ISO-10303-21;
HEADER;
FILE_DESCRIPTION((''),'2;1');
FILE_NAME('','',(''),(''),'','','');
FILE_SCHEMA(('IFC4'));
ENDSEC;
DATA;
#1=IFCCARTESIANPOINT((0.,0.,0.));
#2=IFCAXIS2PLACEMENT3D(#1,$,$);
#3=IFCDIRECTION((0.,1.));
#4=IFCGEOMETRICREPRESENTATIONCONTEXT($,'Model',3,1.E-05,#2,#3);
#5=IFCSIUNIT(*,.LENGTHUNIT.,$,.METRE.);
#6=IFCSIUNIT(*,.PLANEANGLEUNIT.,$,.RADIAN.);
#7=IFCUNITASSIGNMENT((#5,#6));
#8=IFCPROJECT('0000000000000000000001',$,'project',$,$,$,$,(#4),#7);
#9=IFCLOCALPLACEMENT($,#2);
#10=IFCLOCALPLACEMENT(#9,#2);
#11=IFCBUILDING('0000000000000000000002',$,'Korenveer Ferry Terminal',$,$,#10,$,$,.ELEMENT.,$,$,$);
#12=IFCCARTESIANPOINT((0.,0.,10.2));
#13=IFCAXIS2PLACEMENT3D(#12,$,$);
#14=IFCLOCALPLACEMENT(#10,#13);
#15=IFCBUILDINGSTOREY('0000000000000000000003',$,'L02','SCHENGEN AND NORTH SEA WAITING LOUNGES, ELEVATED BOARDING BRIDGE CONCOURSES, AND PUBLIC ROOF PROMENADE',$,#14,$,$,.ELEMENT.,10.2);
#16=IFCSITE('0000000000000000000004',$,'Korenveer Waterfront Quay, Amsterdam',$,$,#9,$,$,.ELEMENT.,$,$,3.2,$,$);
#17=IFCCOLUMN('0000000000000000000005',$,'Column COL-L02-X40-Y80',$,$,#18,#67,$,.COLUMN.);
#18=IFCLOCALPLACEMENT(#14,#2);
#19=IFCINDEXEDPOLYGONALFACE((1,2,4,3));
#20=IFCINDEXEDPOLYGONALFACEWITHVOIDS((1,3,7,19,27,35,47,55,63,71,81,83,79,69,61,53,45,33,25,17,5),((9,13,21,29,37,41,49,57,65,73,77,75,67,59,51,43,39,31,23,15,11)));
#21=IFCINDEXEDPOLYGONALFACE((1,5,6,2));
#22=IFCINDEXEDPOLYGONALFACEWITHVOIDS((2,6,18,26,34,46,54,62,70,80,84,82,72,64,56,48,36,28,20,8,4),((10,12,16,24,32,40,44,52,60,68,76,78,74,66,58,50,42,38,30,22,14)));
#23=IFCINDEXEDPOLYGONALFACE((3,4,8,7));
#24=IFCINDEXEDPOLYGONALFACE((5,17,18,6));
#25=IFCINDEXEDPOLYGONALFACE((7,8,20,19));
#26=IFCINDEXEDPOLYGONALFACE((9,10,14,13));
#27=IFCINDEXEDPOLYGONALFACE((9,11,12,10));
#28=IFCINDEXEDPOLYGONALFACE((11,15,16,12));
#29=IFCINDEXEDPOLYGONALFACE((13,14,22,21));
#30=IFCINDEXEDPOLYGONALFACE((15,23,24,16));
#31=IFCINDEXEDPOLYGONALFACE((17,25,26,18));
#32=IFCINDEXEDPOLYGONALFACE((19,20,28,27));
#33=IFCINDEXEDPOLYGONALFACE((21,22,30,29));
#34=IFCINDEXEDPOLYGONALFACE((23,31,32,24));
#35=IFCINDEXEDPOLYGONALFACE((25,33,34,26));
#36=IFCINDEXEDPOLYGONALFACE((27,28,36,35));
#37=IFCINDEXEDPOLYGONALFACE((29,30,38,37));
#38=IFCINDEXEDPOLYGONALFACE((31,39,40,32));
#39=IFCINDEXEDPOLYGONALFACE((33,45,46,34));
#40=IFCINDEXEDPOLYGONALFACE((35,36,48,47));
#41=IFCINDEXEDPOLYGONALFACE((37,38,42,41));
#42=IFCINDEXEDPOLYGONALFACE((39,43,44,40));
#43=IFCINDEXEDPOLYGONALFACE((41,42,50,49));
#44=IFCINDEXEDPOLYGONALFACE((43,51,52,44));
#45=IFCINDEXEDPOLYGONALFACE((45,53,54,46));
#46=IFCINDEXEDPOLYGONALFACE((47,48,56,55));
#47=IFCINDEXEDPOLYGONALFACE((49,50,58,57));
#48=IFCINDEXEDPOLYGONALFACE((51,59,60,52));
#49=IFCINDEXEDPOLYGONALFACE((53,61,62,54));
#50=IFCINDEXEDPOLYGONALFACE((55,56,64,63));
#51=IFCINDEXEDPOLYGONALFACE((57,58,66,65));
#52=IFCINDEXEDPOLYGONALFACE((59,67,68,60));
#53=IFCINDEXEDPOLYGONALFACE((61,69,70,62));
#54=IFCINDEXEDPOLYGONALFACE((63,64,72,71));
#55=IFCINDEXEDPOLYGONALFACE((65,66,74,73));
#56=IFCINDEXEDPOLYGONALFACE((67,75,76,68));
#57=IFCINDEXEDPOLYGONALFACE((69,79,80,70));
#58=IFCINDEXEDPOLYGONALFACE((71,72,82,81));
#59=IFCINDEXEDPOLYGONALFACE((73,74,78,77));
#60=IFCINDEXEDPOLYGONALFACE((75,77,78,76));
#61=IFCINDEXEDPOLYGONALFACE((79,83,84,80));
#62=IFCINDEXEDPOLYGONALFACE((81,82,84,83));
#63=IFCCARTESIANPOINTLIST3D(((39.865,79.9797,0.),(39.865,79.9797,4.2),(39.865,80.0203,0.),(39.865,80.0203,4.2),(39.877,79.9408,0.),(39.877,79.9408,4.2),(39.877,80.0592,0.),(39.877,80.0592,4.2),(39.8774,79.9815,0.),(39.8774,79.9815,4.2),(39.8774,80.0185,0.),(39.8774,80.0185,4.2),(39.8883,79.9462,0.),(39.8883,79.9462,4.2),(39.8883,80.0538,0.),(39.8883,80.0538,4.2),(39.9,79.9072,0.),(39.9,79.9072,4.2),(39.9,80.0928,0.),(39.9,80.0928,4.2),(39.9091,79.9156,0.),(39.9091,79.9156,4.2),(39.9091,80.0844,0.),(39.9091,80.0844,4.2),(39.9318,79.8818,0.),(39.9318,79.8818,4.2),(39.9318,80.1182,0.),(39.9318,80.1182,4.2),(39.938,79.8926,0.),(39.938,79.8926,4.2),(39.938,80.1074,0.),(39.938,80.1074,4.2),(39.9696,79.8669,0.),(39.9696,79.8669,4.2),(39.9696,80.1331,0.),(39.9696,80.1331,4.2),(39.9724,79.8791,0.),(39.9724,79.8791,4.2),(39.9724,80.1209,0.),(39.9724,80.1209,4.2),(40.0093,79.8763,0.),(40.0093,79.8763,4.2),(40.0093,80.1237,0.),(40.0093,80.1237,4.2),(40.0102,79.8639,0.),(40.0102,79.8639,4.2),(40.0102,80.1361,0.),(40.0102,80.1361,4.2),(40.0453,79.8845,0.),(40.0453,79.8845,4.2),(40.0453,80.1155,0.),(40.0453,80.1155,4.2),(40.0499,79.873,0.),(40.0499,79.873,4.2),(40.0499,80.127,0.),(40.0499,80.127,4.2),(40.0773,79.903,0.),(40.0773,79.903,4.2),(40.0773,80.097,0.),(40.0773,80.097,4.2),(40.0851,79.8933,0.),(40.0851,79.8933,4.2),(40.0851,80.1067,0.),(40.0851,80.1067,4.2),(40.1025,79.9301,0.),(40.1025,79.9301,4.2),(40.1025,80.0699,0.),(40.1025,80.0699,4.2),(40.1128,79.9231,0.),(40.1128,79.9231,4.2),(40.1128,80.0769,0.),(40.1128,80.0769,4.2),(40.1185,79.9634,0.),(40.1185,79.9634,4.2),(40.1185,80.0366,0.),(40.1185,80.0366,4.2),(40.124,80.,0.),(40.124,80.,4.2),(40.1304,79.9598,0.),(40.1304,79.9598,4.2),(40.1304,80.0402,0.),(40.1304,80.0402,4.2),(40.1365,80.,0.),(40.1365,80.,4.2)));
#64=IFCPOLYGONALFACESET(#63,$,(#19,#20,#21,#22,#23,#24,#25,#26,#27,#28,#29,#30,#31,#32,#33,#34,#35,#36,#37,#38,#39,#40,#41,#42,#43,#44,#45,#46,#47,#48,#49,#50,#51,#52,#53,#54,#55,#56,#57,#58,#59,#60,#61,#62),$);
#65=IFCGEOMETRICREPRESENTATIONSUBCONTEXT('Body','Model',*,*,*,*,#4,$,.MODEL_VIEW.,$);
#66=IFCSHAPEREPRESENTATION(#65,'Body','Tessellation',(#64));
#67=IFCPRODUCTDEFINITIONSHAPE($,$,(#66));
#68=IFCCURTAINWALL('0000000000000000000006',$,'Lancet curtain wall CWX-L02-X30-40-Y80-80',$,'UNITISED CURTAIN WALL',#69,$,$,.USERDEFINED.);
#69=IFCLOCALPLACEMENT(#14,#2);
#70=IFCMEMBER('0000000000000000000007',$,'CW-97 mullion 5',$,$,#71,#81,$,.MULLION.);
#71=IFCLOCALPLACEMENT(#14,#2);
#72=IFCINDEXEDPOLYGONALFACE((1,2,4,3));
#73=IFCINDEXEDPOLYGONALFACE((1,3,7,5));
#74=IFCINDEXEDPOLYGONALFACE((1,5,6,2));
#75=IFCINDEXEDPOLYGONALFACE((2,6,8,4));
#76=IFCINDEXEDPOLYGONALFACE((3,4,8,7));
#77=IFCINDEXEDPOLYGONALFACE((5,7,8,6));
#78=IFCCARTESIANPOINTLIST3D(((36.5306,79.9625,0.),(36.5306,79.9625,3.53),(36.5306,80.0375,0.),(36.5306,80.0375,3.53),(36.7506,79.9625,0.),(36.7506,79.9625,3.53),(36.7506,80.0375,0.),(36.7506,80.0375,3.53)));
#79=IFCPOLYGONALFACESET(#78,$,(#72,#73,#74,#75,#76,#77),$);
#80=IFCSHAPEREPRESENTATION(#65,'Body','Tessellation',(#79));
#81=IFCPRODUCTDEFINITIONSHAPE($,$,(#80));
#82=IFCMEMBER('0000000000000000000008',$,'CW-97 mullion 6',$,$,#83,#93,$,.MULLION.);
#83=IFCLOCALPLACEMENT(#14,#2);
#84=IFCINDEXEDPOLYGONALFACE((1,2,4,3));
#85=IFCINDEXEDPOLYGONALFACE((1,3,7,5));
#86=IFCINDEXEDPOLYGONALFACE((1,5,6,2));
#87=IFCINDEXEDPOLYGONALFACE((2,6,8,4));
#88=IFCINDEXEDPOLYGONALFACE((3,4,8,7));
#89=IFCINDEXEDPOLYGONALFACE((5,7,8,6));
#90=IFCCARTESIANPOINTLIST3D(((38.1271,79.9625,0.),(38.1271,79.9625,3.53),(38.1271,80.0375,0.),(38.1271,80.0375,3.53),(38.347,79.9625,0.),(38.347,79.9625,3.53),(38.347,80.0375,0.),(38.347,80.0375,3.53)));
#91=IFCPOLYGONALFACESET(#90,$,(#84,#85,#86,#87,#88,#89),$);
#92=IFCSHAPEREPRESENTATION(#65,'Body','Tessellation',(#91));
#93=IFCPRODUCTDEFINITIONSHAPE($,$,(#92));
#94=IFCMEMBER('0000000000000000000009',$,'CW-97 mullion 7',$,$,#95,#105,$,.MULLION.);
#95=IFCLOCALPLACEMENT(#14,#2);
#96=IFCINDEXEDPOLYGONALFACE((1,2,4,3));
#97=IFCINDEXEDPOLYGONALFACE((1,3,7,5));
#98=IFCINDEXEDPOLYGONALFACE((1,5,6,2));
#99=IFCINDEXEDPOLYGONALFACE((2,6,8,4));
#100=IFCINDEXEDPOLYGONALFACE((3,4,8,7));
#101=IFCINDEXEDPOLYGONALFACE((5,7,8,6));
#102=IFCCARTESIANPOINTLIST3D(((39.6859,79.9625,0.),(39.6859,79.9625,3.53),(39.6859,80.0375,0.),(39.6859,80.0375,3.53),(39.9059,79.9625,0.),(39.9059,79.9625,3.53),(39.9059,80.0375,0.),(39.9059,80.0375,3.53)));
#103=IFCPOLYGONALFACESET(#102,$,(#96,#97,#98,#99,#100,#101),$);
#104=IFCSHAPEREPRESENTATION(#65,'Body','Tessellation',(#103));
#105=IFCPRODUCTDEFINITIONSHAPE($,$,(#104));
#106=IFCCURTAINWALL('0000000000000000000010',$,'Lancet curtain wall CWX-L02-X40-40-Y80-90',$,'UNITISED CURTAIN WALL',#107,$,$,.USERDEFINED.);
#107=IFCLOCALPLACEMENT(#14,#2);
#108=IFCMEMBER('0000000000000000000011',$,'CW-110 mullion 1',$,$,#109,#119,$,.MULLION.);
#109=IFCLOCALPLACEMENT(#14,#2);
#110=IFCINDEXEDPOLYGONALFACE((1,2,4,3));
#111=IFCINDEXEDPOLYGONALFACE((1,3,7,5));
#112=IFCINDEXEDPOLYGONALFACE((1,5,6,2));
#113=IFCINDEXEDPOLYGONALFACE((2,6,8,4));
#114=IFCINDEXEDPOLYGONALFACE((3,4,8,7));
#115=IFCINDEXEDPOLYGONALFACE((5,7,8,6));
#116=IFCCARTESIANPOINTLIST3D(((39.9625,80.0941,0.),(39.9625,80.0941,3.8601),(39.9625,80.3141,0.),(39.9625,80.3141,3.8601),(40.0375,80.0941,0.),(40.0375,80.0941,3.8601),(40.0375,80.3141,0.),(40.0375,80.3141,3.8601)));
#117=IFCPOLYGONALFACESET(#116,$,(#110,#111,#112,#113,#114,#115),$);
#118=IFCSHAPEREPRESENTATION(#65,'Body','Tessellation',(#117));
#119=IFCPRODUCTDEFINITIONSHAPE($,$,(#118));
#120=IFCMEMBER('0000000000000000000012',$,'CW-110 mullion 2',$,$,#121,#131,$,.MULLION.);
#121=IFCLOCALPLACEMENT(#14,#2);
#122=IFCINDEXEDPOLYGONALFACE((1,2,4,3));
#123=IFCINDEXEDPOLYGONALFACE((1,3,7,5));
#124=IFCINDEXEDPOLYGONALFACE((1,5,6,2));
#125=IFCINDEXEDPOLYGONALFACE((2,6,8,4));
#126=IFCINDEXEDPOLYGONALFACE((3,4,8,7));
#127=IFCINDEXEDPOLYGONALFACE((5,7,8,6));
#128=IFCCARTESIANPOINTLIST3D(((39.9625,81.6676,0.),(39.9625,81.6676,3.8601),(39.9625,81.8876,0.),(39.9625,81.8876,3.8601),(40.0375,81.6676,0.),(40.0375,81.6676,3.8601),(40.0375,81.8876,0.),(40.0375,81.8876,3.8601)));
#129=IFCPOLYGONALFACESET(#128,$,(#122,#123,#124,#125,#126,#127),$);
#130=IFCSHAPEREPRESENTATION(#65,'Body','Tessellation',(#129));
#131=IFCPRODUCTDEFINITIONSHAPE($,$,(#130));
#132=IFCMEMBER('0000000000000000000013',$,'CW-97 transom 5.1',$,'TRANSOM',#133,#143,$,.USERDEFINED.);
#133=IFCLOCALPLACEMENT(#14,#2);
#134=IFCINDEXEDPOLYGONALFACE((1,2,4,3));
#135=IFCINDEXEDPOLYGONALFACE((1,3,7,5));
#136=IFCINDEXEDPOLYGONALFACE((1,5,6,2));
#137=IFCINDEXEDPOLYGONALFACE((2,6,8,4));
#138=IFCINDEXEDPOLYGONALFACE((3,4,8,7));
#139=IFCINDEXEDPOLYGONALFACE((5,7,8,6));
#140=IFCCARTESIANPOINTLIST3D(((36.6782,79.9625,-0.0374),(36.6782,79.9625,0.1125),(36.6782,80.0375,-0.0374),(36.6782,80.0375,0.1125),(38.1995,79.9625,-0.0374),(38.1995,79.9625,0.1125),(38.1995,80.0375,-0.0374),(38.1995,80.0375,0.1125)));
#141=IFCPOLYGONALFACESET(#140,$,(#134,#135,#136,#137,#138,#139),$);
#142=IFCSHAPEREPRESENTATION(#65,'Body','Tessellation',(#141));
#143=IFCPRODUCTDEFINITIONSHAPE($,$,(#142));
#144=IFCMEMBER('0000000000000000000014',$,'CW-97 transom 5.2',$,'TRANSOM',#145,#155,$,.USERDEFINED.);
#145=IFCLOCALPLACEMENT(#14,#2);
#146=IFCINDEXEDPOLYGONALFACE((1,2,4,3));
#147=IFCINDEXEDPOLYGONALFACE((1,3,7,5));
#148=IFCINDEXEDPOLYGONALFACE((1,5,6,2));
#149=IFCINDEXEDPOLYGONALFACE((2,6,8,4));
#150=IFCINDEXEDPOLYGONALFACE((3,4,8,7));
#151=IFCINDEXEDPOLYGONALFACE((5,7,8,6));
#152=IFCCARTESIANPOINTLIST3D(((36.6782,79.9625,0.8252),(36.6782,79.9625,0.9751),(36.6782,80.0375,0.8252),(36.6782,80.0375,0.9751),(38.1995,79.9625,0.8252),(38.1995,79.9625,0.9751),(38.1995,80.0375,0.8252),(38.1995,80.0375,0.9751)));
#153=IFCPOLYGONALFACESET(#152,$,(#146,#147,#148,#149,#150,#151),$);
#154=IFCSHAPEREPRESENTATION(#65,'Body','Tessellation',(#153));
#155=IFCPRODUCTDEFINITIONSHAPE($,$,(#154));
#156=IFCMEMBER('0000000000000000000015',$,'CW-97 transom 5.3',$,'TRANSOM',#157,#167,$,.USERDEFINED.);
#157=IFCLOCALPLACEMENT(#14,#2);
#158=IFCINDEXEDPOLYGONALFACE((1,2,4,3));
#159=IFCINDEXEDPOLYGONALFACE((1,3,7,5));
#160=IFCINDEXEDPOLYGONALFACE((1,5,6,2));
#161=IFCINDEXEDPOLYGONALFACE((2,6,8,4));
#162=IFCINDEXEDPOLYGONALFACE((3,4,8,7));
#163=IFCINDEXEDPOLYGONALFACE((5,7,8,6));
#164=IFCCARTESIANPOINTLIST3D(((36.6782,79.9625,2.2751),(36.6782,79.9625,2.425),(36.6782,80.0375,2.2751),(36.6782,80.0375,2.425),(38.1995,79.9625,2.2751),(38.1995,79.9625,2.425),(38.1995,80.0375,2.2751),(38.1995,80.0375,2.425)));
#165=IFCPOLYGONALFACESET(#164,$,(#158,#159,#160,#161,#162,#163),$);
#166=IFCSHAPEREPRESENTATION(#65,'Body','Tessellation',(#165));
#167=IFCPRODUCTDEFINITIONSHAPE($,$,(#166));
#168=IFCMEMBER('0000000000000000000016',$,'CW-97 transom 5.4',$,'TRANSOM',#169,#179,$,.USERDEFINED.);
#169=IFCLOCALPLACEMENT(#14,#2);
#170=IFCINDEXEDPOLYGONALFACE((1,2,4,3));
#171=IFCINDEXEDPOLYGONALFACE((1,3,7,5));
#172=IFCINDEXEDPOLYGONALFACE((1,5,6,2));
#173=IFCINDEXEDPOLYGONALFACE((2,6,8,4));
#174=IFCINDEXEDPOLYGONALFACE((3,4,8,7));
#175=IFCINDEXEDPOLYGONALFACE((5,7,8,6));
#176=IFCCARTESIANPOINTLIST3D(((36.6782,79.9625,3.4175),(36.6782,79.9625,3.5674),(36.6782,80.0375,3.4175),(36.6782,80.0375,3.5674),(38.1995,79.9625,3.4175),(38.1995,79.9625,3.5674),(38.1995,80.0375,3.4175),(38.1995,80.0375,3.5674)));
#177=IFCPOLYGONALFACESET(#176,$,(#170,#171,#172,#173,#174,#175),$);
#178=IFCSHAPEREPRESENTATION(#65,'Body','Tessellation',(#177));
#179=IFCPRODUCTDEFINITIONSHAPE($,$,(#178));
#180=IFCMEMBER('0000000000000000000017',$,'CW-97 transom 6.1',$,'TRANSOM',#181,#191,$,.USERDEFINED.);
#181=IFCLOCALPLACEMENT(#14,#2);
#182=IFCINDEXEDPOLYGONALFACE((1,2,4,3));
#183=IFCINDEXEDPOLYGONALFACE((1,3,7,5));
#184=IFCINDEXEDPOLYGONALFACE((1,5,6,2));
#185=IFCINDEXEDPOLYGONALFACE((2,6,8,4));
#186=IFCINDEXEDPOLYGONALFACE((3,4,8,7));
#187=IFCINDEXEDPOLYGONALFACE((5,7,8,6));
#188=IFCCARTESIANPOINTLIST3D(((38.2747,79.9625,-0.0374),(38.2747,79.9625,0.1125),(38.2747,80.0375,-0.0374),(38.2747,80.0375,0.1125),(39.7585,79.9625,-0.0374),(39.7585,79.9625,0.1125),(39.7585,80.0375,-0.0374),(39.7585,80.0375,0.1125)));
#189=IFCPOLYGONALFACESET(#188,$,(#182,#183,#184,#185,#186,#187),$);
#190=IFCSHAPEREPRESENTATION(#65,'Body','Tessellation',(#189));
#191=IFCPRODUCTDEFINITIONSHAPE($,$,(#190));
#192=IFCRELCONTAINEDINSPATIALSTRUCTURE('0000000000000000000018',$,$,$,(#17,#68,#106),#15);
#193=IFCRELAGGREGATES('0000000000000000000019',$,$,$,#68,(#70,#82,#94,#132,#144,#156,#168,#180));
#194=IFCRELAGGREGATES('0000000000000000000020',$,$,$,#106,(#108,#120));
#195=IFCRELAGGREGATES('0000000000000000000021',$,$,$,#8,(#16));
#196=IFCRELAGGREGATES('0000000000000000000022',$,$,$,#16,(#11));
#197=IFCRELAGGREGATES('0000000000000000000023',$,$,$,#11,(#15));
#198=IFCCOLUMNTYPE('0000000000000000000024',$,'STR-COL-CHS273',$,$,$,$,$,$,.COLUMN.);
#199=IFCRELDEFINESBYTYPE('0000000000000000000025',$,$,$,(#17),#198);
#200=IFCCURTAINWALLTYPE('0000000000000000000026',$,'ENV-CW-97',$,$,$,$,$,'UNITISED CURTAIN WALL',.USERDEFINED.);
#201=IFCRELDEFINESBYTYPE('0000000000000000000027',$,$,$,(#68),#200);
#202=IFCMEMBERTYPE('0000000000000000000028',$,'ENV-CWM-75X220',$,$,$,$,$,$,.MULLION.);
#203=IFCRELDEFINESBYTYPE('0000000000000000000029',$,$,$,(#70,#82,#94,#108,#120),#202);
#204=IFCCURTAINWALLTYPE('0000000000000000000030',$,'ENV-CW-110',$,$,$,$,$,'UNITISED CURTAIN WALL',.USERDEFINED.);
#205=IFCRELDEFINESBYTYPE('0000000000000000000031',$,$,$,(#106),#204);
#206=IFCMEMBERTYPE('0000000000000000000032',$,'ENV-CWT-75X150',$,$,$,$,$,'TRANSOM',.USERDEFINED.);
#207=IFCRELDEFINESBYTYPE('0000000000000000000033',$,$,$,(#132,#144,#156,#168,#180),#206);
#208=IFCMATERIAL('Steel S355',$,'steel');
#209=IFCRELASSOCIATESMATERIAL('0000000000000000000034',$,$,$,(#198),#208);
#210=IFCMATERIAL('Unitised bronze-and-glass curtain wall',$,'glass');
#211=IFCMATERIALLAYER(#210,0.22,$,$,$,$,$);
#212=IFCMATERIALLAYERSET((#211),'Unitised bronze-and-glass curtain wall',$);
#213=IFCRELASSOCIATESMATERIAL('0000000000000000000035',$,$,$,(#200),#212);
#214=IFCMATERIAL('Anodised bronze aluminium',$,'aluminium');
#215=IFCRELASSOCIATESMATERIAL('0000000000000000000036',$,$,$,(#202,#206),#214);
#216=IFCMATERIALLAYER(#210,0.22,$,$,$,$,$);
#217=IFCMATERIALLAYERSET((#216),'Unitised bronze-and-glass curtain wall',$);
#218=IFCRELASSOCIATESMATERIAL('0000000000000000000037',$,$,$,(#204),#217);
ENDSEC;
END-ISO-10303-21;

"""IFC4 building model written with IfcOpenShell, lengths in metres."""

from ifc_helpers import new_model, si_unit, direction, frame, origin, origin_2d, place, context, subcontext, project, spatial, rectangle, hollow_circle, extrude, material, layer, layer_set, material_profile, profile_set, type_object, element, aggregate, save


model = new_model("IFC4")

# Units and contexts
model_context = context("Model", 3, precision=1e-05, world=origin(), true_north=direction((0.0, 1.0)))
body_context = subcontext(model_context, "Body", "Model", "MODEL_VIEW")
ifc_project = project(units=[si_unit("LENGTHUNIT", "METRE"), si_unit("PLANEANGLEUNIT", "RADIAN")], contexts=[model_context])

# Site, building, storey
site_placement = place(None, origin())
site = spatial("IfcSite", under=ifc_project, at=site_placement, Name="Korenveer Waterfront Quay, Amsterdam", CompositionType="ELEMENT", RefElevation=3.2)
building_placement = place(site_placement, origin())
building = spatial("IfcBuilding", under=site, at=building_placement, Name="Korenveer Ferry Terminal", CompositionType="ELEMENT")
storey_placement = place(building_placement, frame((0.0, 0.0, 10.2)))
storey = spatial("IfcBuildingStorey", under=building, at=storey_placement, Name="L02", Description="SCHENGEN AND NORTH SEA WAITING LOUNGES, ELEVATED BOARDING BRIDGE CONCOURSES, AND PUBLIC ROOF PROMENADE", CompositionType="ELEMENT", Elevation=10.2)

# Column
ifc_material_1 = material(Name="Steel S355", Category="steel")
ifc_material_profile_1 = material_profile(ifc_material_1, hollow_circle(Radius=0.1365, WallThickness=0.0125, at=origin_2d()), Name="CHS 273x12.5")
ifc_profile_set_1 = profile_set([ifc_material_profile_1], Name="Steel S355")
column_type = type_object("IfcColumnType", Name="STR-COL-CHS273", PredefinedType="COLUMN", material=ifc_profile_set_1)
column_placement = place(storey_placement, frame((40.0, 80.0, 0.0), z_axis=(0.0, 0.0, 1.0), x_axis=(1.0, 0.0, 0.0)))
element("IfcColumn", 1, at=column_placement, inside=storey, type_object=column_type, Name="Column COL-L02-X40-Y80", PredefinedType="COLUMN", context=body_context, shape_type="SweptSolid", body=[
    extrude(hollow_circle(Radius=0.1365, WallThickness=0.0125, at=origin_2d()), origin(), (0.0, 0.0, 1.0), 4.2),
])

# Curtain walls, members
ifc_material_2 = material(Name="Unitised bronze-and-glass curtain wall", Category="glass")
ifc_layer_1 = layer(ifc_material_2, 0.22)
ifc_layer_set_1 = layer_set([ifc_layer_1], Name="Unitised bronze-and-glass curtain wall")
curtain_wall_type_1 = type_object("IfcCurtainWallType", Name="ENV-CW-97", ElementType="UNITISED CURTAIN WALL", PredefinedType="USERDEFINED", material=ifc_layer_set_1)
curtain_wall_1_placement = place(storey_placement, frame((30.2549, 80.0, 0.0)))
curtain_wall_1 = element("IfcCurtainWall", 2, at=curtain_wall_1_placement, inside=storey, type_object=curtain_wall_type_1, Name="Lancet curtain wall CWX-L02-X30-40-Y80-80", ObjectType="UNITISED CURTAIN WALL", PredefinedType="USERDEFINED")
ifc_material_3 = material(Name="Anodised bronze aluminium", Category="aluminium")
ifc_material_profile_2 = material_profile(ifc_material_3, rectangle(XDim=0.075, YDim=0.22, at=origin_2d()), Name="ALU 75x220")
ifc_profile_set_2 = profile_set([ifc_material_profile_2], Name="Anodised bronze aluminium")
member_type_1 = type_object("IfcMemberType", Name="ENV-CWM-75X220", PredefinedType="MULLION", material=ifc_profile_set_2)
member_1_placement = place(storey_placement, frame((36.6406, 80.0, 0.0), z_axis=(0.0, 0.0, 1.0), x_axis=(0.0, 1.0, 0.0)))
member_1 = element("IfcMember", 3, at=member_1_placement, type_object=member_type_1, Name="CW-97 mullion 5", PredefinedType="MULLION", context=body_context, shape_type="SweptSolid", body=[
    extrude(rectangle(XDim=0.075, YDim=0.22, at=origin_2d()), origin(), (0.0, 0.0, 1.0), 3.53),
])
member_2_placement = place(storey_placement, frame((38.2371, 80.0, 0.0), z_axis=(0.0, 0.0, 1.0), x_axis=(0.0, 1.0, 0.0)))
member_2 = element("IfcMember", 4, at=member_2_placement, type_object=member_type_1, Name="CW-97 mullion 6", PredefinedType="MULLION", context=body_context, shape_type="SweptSolid", body=[
    extrude(rectangle(XDim=0.075, YDim=0.22, at=origin_2d()), origin(), (0.0, 0.0, 1.0), 3.53),
])
member_3_placement = place(storey_placement, frame((39.7959, 80.0, 0.0), z_axis=(0.0, 0.0, 1.0), x_axis=(0.0, 1.0, 0.0)))
member_3 = element("IfcMember", 5, at=member_3_placement, type_object=member_type_1, Name="CW-97 mullion 7", PredefinedType="MULLION", context=body_context, shape_type="SweptSolid", body=[
    extrude(rectangle(XDim=0.075, YDim=0.22, at=origin_2d()), origin(), (0.0, 0.0, 1.0), 3.53),
])
ifc_layer_2 = layer(ifc_material_2, 0.22)
ifc_layer_set_2 = layer_set([ifc_layer_2], Name="Unitised bronze-and-glass curtain wall")
curtain_wall_type_2 = type_object("IfcCurtainWallType", Name="ENV-CW-110", ElementType="UNITISED CURTAIN WALL", PredefinedType="USERDEFINED", material=ifc_layer_set_2)
curtain_wall_2_placement = place(storey_placement, frame((40.0, 80.1665, 0.0)))
curtain_wall_2 = element("IfcCurtainWall", 6, at=curtain_wall_2_placement, inside=storey, type_object=curtain_wall_type_2, Name="Lancet curtain wall CWX-L02-X40-40-Y80-90", ObjectType="UNITISED CURTAIN WALL", PredefinedType="USERDEFINED")
member_4_placement = place(storey_placement, frame((40.0, 80.2041, 0.0), z_axis=(0.0, 0.0, 1.0), x_axis=(-1.0, 0.0, 0.0)))
member_4 = element("IfcMember", 7, at=member_4_placement, type_object=member_type_1, Name="CW-110 mullion 1", PredefinedType="MULLION", context=body_context, shape_type="SweptSolid", body=[
    extrude(rectangle(XDim=0.075, YDim=0.22, at=origin_2d()), origin(), (0.0, 0.0, 1.0), 3.8601),
])
member_5_placement = place(storey_placement, frame((40.0, 81.7776, 0.0), z_axis=(0.0, 0.0, 1.0), x_axis=(-1.0, 0.0, 0.0)))
member_5 = element("IfcMember", 8, at=member_5_placement, type_object=member_type_1, Name="CW-110 mullion 2", PredefinedType="MULLION", context=body_context, shape_type="SweptSolid", body=[
    extrude(rectangle(XDim=0.075, YDim=0.22, at=origin_2d()), origin(), (0.0, 0.0, 1.0), 3.8601),
])

# Members
ifc_material_profile_3 = material_profile(ifc_material_3, rectangle(XDim=0.075, YDim=0.1499, at=origin_2d()), Name="ALU 75x150")
ifc_profile_set_3 = profile_set([ifc_material_profile_3], Name="Anodised bronze aluminium")
member_type_2 = type_object("IfcMemberType", Name="ENV-CWT-75X150", ElementType="TRANSOM", PredefinedType="USERDEFINED", material=ifc_profile_set_3)
member_6_placement = place(storey_placement, frame((36.6782, 80.0, 0.0376), z_axis=(1.0, 0.0, 0.0), x_axis=(0.0, 1.0, 0.0)))
member_6 = element("IfcMember", 9, at=member_6_placement, type_object=member_type_2, Name="CW-97 transom 5.1", ObjectType="TRANSOM", PredefinedType="USERDEFINED", context=body_context, shape_type="SweptSolid", body=[
    extrude(rectangle(XDim=0.075, YDim=0.1499, at=origin_2d()), origin(), (0.0, 0.0, 1.0), 1.5212),
])
member_7_placement = place(storey_placement, frame((36.6782, 80.0, 0.9001), z_axis=(1.0, 0.0, 0.0), x_axis=(0.0, 1.0, 0.0)))
member_7 = element("IfcMember", 10, at=member_7_placement, type_object=member_type_2, Name="CW-97 transom 5.2", ObjectType="TRANSOM", PredefinedType="USERDEFINED", context=body_context, shape_type="SweptSolid", body=[
    extrude(rectangle(XDim=0.075, YDim=0.1499, at=origin_2d()), origin(), (0.0, 0.0, 1.0), 1.5212),
])
member_8_placement = place(storey_placement, frame((36.6782, 80.0, 2.3501), z_axis=(1.0, 0.0, 0.0), x_axis=(0.0, 1.0, 0.0)))
member_8 = element("IfcMember", 11, at=member_8_placement, type_object=member_type_2, Name="CW-97 transom 5.3", ObjectType="TRANSOM", PredefinedType="USERDEFINED", context=body_context, shape_type="SweptSolid", body=[
    extrude(rectangle(XDim=0.075, YDim=0.1499, at=origin_2d()), origin(), (0.0, 0.0, 1.0), 1.5212),
])
member_9_placement = place(storey_placement, frame((36.6782, 80.0, 3.4924), z_axis=(1.0, 0.0, 0.0), x_axis=(0.0, 1.0, 0.0)))
member_9 = element("IfcMember", 12, at=member_9_placement, type_object=member_type_2, Name="CW-97 transom 5.4", ObjectType="TRANSOM", PredefinedType="USERDEFINED", context=body_context, shape_type="SweptSolid", body=[
    extrude(rectangle(XDim=0.075, YDim=0.1499, at=origin_2d()), origin(), (0.0, 0.0, 1.0), 1.5212),
])
member_10_placement = place(storey_placement, frame((38.2747, 80.0, 0.0376), z_axis=(1.0, 0.0, 0.0), x_axis=(0.0, 1.0, 0.0)))
member_10 = element("IfcMember", 13, at=member_10_placement, type_object=member_type_2, Name="CW-97 transom 6.1", ObjectType="TRANSOM", PredefinedType="USERDEFINED", context=body_context, shape_type="SweptSolid", body=[
    extrude(rectangle(XDim=0.075, YDim=0.1499, at=origin_2d()), origin(), (0.0, 0.0, 1.0), 1.4839),
])

aggregate(curtain_wall_1, [member_1, member_2, member_3, member_6, member_7, member_8, member_9, member_10])
aggregate(curtain_wall_2, [member_4, member_5])

save(model, "model.ifc")
